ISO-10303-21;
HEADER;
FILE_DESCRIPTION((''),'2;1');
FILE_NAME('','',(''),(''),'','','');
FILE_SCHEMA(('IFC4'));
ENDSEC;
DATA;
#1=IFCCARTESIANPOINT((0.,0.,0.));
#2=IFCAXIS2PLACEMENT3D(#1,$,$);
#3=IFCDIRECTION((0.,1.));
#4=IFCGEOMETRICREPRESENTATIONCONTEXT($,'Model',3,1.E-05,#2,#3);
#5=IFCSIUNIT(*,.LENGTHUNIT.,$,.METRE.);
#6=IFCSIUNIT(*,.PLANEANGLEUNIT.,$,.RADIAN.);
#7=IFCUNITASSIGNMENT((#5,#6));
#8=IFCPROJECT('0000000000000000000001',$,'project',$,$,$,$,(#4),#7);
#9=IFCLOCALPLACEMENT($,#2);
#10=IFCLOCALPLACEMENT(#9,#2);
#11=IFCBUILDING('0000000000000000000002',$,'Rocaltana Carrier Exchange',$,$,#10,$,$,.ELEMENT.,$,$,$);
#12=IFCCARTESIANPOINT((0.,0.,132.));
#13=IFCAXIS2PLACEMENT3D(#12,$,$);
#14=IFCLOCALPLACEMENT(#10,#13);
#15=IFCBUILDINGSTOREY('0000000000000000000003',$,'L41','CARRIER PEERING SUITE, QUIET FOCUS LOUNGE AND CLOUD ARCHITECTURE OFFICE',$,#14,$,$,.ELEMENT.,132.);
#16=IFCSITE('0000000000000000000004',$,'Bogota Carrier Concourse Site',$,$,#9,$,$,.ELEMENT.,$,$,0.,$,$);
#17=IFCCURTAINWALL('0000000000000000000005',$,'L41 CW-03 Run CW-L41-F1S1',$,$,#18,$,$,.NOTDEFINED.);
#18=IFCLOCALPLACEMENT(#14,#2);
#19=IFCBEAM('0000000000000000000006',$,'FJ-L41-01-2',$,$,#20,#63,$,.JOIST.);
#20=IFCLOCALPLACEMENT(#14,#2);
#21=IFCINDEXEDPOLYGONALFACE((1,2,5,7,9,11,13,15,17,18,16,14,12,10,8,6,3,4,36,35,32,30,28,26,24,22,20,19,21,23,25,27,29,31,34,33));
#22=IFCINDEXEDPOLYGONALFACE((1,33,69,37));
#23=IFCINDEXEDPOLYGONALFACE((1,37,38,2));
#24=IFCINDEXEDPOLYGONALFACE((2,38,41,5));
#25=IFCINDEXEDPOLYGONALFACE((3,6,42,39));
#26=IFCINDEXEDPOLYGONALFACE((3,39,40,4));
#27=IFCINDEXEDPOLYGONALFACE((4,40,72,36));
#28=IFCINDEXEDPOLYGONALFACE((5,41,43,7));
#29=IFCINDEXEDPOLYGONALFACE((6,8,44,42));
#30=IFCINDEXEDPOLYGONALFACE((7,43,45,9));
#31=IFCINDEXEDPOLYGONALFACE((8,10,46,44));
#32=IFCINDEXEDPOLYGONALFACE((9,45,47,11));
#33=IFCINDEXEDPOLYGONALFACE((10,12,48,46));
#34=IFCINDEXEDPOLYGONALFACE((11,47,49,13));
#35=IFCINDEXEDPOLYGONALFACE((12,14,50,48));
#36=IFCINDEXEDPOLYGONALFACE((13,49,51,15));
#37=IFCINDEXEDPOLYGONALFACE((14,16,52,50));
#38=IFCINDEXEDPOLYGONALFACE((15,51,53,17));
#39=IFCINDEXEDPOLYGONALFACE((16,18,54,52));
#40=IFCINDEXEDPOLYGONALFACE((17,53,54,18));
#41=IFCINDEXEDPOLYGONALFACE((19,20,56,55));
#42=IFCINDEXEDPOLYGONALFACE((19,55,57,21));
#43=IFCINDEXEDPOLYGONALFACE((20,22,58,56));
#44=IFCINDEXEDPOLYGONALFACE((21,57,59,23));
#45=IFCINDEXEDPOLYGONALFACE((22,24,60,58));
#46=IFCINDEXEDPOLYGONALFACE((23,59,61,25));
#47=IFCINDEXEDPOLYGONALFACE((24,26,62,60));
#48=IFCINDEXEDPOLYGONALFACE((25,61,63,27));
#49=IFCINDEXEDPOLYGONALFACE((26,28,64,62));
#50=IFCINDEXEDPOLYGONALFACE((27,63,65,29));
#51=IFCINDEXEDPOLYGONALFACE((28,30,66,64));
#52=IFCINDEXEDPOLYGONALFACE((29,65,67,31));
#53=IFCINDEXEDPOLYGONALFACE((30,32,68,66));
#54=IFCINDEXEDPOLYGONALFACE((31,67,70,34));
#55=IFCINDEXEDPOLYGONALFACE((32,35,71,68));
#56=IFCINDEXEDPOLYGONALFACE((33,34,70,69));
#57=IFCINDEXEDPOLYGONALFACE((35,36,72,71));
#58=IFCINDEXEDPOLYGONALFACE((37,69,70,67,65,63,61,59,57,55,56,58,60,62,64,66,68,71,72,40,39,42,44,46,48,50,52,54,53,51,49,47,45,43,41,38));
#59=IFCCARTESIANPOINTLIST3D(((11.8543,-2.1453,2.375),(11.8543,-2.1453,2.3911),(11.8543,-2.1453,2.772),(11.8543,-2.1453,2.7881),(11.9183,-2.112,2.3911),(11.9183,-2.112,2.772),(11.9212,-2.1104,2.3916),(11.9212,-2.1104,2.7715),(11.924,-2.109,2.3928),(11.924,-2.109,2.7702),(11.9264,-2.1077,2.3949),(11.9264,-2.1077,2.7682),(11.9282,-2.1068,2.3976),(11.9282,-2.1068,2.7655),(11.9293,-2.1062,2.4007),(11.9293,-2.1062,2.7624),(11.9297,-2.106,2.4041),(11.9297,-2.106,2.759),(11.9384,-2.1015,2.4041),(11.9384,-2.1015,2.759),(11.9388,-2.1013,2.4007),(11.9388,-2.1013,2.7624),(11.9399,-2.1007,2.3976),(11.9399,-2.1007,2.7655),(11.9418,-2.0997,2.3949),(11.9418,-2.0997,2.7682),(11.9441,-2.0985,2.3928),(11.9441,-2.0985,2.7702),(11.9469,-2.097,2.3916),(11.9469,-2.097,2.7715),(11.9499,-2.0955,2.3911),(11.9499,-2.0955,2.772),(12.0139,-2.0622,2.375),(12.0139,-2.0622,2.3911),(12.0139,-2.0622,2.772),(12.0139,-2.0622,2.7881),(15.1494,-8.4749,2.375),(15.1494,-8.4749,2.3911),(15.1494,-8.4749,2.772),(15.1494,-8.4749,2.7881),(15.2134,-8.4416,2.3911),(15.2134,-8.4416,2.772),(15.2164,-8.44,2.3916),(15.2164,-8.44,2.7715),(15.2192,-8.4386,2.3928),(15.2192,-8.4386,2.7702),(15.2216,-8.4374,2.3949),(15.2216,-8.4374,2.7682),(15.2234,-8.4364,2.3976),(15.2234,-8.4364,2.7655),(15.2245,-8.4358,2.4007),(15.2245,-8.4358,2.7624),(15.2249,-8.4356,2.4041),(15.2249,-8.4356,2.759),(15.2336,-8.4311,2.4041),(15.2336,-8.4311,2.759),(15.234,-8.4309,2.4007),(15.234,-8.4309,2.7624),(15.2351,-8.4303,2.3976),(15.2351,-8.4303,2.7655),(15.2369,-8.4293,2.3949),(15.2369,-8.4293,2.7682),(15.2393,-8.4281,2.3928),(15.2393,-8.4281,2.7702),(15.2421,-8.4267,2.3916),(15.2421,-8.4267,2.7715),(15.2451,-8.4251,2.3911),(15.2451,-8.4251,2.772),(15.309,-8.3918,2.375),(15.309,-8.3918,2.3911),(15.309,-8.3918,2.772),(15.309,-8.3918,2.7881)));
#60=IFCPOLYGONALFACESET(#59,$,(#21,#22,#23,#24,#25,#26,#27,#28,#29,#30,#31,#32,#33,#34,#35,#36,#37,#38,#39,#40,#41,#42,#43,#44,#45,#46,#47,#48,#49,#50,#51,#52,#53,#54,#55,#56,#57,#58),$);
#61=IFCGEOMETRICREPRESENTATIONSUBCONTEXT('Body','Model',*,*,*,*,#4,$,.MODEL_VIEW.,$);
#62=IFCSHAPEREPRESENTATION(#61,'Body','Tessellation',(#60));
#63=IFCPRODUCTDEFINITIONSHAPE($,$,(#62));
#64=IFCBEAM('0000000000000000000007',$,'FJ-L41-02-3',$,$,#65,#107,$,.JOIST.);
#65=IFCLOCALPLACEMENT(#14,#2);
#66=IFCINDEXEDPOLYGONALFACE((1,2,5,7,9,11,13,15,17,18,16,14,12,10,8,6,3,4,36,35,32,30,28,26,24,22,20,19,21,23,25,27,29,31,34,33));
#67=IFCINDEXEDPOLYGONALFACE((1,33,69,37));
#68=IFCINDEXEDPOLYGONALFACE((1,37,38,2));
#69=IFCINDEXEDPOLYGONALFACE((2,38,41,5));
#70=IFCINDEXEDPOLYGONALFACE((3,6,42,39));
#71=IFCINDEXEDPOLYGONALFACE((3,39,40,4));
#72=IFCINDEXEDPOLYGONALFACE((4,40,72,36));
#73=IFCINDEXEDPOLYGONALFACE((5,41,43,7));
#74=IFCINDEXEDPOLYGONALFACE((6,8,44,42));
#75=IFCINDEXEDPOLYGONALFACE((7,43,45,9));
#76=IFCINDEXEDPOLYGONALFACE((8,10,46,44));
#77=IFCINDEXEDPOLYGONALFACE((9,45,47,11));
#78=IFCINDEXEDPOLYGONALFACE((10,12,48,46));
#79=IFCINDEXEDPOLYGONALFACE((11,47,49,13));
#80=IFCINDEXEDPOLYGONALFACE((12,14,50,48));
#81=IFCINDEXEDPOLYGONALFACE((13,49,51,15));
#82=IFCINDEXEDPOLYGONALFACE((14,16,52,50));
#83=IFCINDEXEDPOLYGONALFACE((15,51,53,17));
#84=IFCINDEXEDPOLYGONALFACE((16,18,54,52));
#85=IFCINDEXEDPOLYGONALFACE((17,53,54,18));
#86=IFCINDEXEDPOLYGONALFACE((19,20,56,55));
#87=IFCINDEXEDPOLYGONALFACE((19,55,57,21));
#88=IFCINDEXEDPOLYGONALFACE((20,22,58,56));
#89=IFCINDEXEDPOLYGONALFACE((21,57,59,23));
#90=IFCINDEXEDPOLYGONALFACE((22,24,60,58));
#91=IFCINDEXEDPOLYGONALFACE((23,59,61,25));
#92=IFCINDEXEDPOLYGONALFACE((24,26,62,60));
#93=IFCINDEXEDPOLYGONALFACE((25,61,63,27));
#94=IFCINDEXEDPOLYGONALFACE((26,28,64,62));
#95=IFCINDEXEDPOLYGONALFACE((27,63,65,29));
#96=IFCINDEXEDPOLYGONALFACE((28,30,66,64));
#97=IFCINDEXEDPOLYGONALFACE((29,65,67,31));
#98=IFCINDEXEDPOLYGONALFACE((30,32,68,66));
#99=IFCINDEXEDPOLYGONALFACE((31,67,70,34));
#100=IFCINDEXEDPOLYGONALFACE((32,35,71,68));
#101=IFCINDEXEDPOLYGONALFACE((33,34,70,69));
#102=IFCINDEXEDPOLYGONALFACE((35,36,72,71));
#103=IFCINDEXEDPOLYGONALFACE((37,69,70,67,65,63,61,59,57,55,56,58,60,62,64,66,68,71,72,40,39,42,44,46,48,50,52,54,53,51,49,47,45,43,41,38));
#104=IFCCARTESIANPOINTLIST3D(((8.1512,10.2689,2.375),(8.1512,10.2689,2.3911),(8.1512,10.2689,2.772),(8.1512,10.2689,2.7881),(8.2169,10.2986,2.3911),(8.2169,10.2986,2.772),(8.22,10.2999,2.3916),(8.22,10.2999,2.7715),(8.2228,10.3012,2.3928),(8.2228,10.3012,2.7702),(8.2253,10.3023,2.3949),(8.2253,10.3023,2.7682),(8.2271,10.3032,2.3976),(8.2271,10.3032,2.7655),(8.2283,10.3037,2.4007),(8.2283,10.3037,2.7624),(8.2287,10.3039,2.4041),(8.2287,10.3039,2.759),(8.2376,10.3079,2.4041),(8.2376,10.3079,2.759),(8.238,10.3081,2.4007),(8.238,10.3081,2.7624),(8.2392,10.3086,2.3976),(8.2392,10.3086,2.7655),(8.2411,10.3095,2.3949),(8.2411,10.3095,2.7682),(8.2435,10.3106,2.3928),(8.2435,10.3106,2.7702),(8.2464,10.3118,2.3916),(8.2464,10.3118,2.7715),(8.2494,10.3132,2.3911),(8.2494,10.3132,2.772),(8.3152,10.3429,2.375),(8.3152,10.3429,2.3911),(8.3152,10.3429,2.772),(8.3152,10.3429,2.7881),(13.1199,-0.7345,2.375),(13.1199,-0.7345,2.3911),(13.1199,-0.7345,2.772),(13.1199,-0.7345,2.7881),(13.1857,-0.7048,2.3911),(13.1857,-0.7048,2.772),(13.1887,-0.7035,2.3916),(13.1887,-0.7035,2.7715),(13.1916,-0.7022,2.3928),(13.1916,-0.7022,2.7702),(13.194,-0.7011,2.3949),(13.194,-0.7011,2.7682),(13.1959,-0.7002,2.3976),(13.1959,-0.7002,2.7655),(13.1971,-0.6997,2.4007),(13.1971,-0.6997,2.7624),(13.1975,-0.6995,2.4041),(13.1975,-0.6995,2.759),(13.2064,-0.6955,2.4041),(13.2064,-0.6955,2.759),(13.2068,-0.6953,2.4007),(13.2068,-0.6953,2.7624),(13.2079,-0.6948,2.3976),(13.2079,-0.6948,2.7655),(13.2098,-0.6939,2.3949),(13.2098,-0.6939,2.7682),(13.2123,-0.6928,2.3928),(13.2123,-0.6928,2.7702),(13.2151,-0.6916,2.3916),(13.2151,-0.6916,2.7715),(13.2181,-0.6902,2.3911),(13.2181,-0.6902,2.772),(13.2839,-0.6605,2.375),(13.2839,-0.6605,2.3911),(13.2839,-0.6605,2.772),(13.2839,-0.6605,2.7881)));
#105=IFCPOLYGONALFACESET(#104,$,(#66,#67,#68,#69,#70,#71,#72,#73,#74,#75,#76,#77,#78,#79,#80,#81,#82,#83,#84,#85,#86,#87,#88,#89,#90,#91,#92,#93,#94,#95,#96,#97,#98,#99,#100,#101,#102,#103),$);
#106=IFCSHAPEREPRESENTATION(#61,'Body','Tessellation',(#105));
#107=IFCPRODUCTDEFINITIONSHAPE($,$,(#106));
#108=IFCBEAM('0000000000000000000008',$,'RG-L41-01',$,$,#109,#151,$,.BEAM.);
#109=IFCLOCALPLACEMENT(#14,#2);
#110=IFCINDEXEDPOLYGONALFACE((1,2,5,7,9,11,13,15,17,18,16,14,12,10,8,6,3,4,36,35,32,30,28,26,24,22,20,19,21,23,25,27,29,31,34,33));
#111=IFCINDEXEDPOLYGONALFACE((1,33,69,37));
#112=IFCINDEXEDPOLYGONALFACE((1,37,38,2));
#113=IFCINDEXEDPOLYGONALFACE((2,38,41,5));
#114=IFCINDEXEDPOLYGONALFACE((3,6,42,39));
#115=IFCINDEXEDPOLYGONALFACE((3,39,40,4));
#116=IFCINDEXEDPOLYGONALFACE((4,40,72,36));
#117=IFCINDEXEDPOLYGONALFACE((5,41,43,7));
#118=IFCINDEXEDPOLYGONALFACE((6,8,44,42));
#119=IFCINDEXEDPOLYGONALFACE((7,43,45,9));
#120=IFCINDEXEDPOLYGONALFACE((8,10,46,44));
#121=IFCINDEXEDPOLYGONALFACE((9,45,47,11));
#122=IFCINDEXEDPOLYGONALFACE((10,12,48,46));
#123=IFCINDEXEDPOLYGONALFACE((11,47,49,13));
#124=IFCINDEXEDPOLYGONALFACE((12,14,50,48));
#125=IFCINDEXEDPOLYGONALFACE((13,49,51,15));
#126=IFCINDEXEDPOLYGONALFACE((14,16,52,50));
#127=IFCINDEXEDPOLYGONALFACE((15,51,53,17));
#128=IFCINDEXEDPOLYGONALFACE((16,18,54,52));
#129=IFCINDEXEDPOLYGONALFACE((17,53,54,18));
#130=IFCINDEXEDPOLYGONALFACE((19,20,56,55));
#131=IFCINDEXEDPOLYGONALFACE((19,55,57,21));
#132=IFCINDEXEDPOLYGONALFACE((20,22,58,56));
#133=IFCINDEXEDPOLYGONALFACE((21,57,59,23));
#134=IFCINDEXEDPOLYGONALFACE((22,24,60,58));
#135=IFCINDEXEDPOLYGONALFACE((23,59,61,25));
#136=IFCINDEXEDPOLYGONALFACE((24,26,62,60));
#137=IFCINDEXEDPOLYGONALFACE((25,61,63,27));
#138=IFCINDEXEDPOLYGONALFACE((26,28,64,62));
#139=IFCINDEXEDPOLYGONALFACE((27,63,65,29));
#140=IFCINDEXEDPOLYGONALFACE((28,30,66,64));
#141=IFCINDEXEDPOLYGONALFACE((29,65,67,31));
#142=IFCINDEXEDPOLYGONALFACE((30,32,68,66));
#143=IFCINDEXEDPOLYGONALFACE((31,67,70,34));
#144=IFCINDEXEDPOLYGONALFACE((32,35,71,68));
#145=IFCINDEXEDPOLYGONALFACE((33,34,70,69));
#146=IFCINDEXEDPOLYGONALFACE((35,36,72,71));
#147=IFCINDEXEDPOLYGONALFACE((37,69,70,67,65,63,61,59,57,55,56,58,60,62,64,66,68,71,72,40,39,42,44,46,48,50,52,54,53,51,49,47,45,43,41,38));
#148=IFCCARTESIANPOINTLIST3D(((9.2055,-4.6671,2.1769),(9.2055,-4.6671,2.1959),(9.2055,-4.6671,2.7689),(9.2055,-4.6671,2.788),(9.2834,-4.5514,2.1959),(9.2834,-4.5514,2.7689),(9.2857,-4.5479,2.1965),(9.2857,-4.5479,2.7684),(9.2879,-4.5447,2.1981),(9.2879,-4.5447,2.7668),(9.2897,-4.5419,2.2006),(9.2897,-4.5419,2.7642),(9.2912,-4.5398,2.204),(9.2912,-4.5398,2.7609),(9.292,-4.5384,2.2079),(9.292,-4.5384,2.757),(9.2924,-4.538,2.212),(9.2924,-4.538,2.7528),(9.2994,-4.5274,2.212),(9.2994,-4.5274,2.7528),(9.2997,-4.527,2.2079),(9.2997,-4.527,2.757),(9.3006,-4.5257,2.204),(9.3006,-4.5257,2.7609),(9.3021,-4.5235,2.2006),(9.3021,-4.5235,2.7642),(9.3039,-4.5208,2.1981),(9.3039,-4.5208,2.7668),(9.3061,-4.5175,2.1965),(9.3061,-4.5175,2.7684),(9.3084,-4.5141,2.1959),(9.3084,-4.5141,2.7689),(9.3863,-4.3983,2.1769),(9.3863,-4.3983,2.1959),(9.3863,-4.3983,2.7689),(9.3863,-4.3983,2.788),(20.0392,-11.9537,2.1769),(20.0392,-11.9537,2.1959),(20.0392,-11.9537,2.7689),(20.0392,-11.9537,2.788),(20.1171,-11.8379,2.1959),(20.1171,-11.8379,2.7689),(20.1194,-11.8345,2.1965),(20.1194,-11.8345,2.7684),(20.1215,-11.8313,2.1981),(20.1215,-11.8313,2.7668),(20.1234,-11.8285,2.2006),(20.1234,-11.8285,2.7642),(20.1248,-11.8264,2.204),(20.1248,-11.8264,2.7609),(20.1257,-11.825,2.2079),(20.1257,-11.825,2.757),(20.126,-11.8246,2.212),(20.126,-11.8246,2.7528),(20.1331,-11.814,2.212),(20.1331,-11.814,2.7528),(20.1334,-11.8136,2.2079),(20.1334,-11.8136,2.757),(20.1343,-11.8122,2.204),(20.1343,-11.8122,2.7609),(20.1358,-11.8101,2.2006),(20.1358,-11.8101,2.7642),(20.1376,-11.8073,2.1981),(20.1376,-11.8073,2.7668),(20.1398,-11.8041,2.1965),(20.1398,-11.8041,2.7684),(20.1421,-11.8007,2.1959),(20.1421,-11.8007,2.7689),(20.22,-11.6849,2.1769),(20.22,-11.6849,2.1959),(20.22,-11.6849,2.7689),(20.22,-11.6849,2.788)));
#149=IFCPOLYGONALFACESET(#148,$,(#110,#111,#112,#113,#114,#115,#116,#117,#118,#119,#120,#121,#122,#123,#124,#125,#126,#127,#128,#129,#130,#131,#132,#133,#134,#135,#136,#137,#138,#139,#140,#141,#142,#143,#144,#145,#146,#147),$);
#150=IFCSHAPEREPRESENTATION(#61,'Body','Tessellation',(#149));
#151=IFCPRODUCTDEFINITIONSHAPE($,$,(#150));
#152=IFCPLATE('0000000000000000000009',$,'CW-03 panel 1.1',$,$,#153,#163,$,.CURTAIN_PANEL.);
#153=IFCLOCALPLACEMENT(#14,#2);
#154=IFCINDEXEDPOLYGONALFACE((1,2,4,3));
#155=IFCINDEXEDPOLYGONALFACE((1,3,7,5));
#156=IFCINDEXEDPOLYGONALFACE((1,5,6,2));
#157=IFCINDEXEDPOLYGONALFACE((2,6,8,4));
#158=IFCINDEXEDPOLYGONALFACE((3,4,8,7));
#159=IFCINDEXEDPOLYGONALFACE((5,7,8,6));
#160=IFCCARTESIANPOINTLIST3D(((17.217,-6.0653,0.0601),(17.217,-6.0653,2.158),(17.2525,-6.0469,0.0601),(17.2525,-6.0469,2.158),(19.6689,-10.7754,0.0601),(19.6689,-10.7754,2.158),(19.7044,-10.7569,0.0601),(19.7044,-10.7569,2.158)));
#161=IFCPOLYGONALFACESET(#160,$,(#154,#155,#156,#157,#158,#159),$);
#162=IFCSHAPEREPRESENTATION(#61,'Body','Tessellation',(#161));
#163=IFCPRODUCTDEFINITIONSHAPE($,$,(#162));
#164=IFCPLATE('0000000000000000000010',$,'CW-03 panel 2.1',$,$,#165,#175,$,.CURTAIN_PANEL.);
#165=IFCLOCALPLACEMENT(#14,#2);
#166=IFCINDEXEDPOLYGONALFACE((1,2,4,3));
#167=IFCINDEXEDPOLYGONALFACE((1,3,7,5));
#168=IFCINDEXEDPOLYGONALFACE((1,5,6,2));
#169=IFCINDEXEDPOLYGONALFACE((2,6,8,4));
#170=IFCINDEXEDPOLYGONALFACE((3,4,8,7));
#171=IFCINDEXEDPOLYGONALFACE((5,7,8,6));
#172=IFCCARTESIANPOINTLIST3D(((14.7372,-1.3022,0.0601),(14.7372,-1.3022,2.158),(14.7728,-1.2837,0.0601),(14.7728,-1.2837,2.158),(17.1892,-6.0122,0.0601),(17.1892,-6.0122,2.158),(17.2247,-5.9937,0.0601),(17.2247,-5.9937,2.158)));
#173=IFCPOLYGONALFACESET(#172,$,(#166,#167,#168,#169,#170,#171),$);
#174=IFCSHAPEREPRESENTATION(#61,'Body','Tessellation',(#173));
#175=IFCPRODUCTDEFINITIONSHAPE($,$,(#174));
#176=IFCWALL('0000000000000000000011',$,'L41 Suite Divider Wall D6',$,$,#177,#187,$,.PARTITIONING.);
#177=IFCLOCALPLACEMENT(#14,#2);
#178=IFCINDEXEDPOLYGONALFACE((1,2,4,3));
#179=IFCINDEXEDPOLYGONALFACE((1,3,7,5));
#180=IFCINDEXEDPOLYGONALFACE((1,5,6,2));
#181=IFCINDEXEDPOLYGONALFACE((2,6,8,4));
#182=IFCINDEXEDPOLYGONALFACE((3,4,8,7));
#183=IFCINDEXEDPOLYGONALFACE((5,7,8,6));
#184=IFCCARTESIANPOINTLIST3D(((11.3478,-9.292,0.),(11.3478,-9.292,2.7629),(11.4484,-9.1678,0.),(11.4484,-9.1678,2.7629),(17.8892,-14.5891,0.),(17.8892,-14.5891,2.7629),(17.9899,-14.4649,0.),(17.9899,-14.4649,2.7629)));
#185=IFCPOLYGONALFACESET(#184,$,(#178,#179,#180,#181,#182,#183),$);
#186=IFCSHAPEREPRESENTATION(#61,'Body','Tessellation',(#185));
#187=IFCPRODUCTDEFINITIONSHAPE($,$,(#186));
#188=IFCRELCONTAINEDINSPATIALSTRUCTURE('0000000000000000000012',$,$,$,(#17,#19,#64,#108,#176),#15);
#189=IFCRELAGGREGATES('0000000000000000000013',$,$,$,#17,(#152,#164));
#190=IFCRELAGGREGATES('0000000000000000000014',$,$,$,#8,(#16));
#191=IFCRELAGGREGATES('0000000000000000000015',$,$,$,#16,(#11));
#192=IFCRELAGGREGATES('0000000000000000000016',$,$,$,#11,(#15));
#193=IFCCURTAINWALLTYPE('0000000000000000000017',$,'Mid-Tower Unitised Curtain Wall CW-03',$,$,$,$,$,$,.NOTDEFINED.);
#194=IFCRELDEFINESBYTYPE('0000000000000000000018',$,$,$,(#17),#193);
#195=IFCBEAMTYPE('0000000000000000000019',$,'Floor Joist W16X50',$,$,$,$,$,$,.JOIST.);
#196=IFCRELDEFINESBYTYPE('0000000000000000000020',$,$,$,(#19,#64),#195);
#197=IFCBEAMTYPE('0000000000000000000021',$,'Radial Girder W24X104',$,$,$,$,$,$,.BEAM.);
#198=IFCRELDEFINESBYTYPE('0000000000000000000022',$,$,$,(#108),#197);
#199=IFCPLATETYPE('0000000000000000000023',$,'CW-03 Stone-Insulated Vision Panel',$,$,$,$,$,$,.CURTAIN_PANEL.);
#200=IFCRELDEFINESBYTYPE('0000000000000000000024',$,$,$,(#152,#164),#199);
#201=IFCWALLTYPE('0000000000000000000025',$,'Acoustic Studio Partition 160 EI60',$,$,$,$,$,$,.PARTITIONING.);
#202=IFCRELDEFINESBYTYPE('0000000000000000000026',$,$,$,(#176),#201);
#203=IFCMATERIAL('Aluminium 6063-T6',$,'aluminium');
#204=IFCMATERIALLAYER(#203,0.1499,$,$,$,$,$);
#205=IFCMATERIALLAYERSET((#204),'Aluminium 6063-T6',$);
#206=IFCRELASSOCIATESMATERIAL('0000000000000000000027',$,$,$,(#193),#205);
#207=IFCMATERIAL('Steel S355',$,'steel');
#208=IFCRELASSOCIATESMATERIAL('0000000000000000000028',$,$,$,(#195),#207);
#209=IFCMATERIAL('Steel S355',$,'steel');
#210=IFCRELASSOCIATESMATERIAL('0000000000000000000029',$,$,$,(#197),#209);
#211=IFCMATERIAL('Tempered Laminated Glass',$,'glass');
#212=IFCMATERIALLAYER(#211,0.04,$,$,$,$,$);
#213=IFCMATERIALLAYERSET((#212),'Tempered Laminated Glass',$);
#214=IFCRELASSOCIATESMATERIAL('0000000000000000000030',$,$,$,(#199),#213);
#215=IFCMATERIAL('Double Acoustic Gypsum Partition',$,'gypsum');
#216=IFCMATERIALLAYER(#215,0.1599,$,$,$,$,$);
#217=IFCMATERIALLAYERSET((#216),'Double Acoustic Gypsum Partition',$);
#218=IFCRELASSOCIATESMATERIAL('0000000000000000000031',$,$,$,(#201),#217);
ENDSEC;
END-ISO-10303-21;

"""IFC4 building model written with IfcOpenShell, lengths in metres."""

from ifc_helpers import new_model, si_unit, direction, frame, frame_2d, origin, origin_2d, place, context, subcontext, project, spatial, rectangle, i_section, extrude, material, layer, layer_set, material_profile, profile_set, type_object, element, aggregate, save


model = new_model("IFC4")

# Units and contexts
model_context = context("Model", 3, precision=1e-05, world=origin(), true_north=direction((0.0, 1.0)))
body_context = subcontext(model_context, "Body", "Model", "MODEL_VIEW")
ifc_project = project(units=[si_unit("LENGTHUNIT", "METRE"), si_unit("PLANEANGLEUNIT", "RADIAN")], contexts=[model_context])

# Site, building, storey
site_placement = place(None, origin())
site = spatial("IfcSite", under=ifc_project, at=site_placement, Name="Bogota Carrier Concourse Site", CompositionType="ELEMENT", RefElevation=0.0)
building_placement = place(site_placement, origin())
building = spatial("IfcBuilding", under=site, at=building_placement, Name="Rocaltana Carrier Exchange", CompositionType="ELEMENT")
storey_placement = place(building_placement, frame((0.0, 0.0, 132.0)))
storey = spatial("IfcBuildingStorey", under=building, at=storey_placement, Name="L41", Description="CARRIER PEERING SUITE, QUIET FOCUS LOUNGE AND CLOUD ARCHITECTURE OFFICE", CompositionType="ELEMENT", Elevation=132.0)

# Curtain wall
ifc_material_1 = material(Name="Aluminium 6063-T6", Category="aluminium")
ifc_layer_1 = layer(ifc_material_1, 0.1499)
ifc_layer_set_1 = layer_set([ifc_layer_1], Name="Aluminium 6063-T6")
curtain_wall_type = type_object("IfcCurtainWallType", Name="Mid-Tower Unitised Curtain Wall CW-03", PredefinedType="NOTDEFINED", material=ifc_layer_set_1)
curtain_wall_placement = place(storey_placement, origin())
curtain_wall = element("IfcCurtainWall", 1, at=curtain_wall_placement, inside=storey, type_object=curtain_wall_type, Name="L41 CW-03 Run CW-L41-F1S1", PredefinedType="NOTDEFINED")

# Beams
ifc_material_2 = material(Name="Steel S355", Category="steel")
ifc_material_profile_1 = material_profile(ifc_material_2, i_section(OverallWidth=0.1799, OverallDepth=0.4131, WebThickness=0.0098, FlangeThickness=0.0161, FilletRadius=0.0129, at=origin_2d()), Name="W16X50")
ifc_profile_set_1 = profile_set([ifc_material_profile_1], Name="Steel S355")
beam_type_1 = type_object("IfcBeamType", Name="Floor Joist W16X50", PredefinedType="JOIST", material=ifc_profile_set_1)
beam_1_placement = place(storey_placement, frame((15.2292, -8.4333, 2.5815), z_axis=(-0.46177, 0.887, 0.0), x_axis=(-0.887, -0.46177, 0.0)))
element("IfcBeam", 2, at=beam_1_placement, inside=storey, type_object=beam_type_1, Name="FJ-L41-01-2", PredefinedType="JOIST", context=body_context, shape_type="SweptSolid", body=[
    extrude(i_section(OverallWidth=0.1799, OverallDepth=0.4131, WebThickness=0.0098, FlangeThickness=0.0161, FilletRadius=0.0129, at=origin_2d()), origin(), (0.0, 0.0, 1.0), 7.136),
])
beam_2_placement = place(storey_placement, frame((13.2019, -0.6975, 2.5815), z_axis=(-0.41155, 0.911387, 0.0), x_axis=(-0.911387, -0.41155, 0.0)))
element("IfcBeam", 3, at=beam_2_placement, inside=storey, type_object=beam_type_1, Name="FJ-L41-02-3", PredefinedType="JOIST", context=body_context, shape_type="SweptSolid", body=[
    extrude(i_section(OverallWidth=0.1799, OverallDepth=0.4131, WebThickness=0.0098, FlangeThickness=0.0161, FilletRadius=0.0129, at=origin_2d()), origin(), (0.0, 0.0, 1.0), 12.0732),
])
ifc_material_3 = material(Name="Steel S355", Category="steel")
ifc_material_profile_2 = material_profile(ifc_material_3, i_section(OverallWidth=0.324, OverallDepth=0.6111, WebThickness=0.0127, FlangeThickness=0.019, FilletRadius=0.0161, at=origin_2d()), Name="W24X104")
ifc_profile_set_2 = profile_set([ifc_material_profile_2], Name="Steel S355")
beam_type_2 = type_object("IfcBeamType", Name="Radial Girder W24X104", PredefinedType="BEAM", material=ifc_profile_set_2)
beam_3_placement = place(storey_placement, frame((9.2959, -4.5327, 2.4824), z_axis=(0.829776, -0.558096, 0.0), x_axis=(0.558096, 0.829776, 0.0)))
element("IfcBeam", 4, at=beam_3_placement, inside=storey, type_object=beam_type_2, Name="RG-L41-01", PredefinedType="BEAM", context=body_context, shape_type="SweptSolid", body=[
    extrude(i_section(OverallWidth=0.324, OverallDepth=0.6111, WebThickness=0.0127, FlangeThickness=0.019, FilletRadius=0.0161, at=origin_2d()), origin(), (0.0, 0.0, 1.0), 13.0562),
])

# Plates
ifc_material_4 = material(Name="Tempered Laminated Glass", Category="glass")
ifc_layer_2 = layer(ifc_material_4, 0.04)
ifc_layer_set_2 = layer_set([ifc_layer_2], Name="Tempered Laminated Glass")
plate_type = type_object("IfcPlateType", Name="CW-03 Stone-Insulated Vision Panel", PredefinedType="CURTAIN_PANEL", material=ifc_layer_set_2)
plate_1_placement = place(storey_placement, frame((18.4607, -8.4111, 0.0601), z_axis=(0.0, 0.0, 1.0), x_axis=(-0.46175, 0.88701, 0.0)))
plate_1 = element("IfcPlate", 5, at=plate_1_placement, type_object=plate_type, Name="CW-03 panel 1.1", PredefinedType="CURTAIN_PANEL", context=body_context, shape_type="SweptSolid", body=[
    extrude(rectangle(XDim=5.3101, YDim=0.04, at=origin_2d()), origin(), (0.0, 0.0, 1.0), 2.0979),
])
plate_2_placement = place(storey_placement, frame((15.981, -3.6479, 0.0601), z_axis=(0.0, 0.0, 1.0), x_axis=(-0.46175, 0.88701, 0.0)))
plate_2 = element("IfcPlate", 6, at=plate_2_placement, type_object=plate_type, Name="CW-03 panel 2.1", PredefinedType="CURTAIN_PANEL", context=body_context, shape_type="SweptSolid", body=[
    extrude(rectangle(XDim=5.3101, YDim=0.04, at=origin_2d()), origin(), (0.0, 0.0, 1.0), 2.0979),
])
aggregate(curtain_wall, [plate_1, plate_2])

# Wall
ifc_material_5 = material(Name="Double Acoustic Gypsum Partition", Category="gypsum")
ifc_layer_3 = layer(ifc_material_5, 0.1599)
ifc_layer_set_3 = layer_set([ifc_layer_3], Name="Double Acoustic Gypsum Partition")
wall_type_1 = type_object("IfcWallType", Name="Acoustic Studio Partition 160 EI60", PredefinedType="PARTITIONING", material=ifc_layer_set_3)
wall_1_placement = place(storey_placement, frame((11.3982, -9.23, 0.0), z_axis=(0.0, 0.0, 1.0), x_axis=(0.777151, -0.629314, 0.0)))
element("IfcWall", 7, at=wall_1_placement, inside=storey, type_object=wall_type_1, Name="L41 Suite Divider Wall D6", PredefinedType="PARTITIONING", context=body_context, shape_type="SweptSolid", body=[
    extrude(rectangle(XDim=8.4172, YDim=0.1599, at=frame_2d((4.2085, 0.0))), origin(), (0.0, 0.0, 1.0), 2.7629),
])

save(model, "model.ifc")
